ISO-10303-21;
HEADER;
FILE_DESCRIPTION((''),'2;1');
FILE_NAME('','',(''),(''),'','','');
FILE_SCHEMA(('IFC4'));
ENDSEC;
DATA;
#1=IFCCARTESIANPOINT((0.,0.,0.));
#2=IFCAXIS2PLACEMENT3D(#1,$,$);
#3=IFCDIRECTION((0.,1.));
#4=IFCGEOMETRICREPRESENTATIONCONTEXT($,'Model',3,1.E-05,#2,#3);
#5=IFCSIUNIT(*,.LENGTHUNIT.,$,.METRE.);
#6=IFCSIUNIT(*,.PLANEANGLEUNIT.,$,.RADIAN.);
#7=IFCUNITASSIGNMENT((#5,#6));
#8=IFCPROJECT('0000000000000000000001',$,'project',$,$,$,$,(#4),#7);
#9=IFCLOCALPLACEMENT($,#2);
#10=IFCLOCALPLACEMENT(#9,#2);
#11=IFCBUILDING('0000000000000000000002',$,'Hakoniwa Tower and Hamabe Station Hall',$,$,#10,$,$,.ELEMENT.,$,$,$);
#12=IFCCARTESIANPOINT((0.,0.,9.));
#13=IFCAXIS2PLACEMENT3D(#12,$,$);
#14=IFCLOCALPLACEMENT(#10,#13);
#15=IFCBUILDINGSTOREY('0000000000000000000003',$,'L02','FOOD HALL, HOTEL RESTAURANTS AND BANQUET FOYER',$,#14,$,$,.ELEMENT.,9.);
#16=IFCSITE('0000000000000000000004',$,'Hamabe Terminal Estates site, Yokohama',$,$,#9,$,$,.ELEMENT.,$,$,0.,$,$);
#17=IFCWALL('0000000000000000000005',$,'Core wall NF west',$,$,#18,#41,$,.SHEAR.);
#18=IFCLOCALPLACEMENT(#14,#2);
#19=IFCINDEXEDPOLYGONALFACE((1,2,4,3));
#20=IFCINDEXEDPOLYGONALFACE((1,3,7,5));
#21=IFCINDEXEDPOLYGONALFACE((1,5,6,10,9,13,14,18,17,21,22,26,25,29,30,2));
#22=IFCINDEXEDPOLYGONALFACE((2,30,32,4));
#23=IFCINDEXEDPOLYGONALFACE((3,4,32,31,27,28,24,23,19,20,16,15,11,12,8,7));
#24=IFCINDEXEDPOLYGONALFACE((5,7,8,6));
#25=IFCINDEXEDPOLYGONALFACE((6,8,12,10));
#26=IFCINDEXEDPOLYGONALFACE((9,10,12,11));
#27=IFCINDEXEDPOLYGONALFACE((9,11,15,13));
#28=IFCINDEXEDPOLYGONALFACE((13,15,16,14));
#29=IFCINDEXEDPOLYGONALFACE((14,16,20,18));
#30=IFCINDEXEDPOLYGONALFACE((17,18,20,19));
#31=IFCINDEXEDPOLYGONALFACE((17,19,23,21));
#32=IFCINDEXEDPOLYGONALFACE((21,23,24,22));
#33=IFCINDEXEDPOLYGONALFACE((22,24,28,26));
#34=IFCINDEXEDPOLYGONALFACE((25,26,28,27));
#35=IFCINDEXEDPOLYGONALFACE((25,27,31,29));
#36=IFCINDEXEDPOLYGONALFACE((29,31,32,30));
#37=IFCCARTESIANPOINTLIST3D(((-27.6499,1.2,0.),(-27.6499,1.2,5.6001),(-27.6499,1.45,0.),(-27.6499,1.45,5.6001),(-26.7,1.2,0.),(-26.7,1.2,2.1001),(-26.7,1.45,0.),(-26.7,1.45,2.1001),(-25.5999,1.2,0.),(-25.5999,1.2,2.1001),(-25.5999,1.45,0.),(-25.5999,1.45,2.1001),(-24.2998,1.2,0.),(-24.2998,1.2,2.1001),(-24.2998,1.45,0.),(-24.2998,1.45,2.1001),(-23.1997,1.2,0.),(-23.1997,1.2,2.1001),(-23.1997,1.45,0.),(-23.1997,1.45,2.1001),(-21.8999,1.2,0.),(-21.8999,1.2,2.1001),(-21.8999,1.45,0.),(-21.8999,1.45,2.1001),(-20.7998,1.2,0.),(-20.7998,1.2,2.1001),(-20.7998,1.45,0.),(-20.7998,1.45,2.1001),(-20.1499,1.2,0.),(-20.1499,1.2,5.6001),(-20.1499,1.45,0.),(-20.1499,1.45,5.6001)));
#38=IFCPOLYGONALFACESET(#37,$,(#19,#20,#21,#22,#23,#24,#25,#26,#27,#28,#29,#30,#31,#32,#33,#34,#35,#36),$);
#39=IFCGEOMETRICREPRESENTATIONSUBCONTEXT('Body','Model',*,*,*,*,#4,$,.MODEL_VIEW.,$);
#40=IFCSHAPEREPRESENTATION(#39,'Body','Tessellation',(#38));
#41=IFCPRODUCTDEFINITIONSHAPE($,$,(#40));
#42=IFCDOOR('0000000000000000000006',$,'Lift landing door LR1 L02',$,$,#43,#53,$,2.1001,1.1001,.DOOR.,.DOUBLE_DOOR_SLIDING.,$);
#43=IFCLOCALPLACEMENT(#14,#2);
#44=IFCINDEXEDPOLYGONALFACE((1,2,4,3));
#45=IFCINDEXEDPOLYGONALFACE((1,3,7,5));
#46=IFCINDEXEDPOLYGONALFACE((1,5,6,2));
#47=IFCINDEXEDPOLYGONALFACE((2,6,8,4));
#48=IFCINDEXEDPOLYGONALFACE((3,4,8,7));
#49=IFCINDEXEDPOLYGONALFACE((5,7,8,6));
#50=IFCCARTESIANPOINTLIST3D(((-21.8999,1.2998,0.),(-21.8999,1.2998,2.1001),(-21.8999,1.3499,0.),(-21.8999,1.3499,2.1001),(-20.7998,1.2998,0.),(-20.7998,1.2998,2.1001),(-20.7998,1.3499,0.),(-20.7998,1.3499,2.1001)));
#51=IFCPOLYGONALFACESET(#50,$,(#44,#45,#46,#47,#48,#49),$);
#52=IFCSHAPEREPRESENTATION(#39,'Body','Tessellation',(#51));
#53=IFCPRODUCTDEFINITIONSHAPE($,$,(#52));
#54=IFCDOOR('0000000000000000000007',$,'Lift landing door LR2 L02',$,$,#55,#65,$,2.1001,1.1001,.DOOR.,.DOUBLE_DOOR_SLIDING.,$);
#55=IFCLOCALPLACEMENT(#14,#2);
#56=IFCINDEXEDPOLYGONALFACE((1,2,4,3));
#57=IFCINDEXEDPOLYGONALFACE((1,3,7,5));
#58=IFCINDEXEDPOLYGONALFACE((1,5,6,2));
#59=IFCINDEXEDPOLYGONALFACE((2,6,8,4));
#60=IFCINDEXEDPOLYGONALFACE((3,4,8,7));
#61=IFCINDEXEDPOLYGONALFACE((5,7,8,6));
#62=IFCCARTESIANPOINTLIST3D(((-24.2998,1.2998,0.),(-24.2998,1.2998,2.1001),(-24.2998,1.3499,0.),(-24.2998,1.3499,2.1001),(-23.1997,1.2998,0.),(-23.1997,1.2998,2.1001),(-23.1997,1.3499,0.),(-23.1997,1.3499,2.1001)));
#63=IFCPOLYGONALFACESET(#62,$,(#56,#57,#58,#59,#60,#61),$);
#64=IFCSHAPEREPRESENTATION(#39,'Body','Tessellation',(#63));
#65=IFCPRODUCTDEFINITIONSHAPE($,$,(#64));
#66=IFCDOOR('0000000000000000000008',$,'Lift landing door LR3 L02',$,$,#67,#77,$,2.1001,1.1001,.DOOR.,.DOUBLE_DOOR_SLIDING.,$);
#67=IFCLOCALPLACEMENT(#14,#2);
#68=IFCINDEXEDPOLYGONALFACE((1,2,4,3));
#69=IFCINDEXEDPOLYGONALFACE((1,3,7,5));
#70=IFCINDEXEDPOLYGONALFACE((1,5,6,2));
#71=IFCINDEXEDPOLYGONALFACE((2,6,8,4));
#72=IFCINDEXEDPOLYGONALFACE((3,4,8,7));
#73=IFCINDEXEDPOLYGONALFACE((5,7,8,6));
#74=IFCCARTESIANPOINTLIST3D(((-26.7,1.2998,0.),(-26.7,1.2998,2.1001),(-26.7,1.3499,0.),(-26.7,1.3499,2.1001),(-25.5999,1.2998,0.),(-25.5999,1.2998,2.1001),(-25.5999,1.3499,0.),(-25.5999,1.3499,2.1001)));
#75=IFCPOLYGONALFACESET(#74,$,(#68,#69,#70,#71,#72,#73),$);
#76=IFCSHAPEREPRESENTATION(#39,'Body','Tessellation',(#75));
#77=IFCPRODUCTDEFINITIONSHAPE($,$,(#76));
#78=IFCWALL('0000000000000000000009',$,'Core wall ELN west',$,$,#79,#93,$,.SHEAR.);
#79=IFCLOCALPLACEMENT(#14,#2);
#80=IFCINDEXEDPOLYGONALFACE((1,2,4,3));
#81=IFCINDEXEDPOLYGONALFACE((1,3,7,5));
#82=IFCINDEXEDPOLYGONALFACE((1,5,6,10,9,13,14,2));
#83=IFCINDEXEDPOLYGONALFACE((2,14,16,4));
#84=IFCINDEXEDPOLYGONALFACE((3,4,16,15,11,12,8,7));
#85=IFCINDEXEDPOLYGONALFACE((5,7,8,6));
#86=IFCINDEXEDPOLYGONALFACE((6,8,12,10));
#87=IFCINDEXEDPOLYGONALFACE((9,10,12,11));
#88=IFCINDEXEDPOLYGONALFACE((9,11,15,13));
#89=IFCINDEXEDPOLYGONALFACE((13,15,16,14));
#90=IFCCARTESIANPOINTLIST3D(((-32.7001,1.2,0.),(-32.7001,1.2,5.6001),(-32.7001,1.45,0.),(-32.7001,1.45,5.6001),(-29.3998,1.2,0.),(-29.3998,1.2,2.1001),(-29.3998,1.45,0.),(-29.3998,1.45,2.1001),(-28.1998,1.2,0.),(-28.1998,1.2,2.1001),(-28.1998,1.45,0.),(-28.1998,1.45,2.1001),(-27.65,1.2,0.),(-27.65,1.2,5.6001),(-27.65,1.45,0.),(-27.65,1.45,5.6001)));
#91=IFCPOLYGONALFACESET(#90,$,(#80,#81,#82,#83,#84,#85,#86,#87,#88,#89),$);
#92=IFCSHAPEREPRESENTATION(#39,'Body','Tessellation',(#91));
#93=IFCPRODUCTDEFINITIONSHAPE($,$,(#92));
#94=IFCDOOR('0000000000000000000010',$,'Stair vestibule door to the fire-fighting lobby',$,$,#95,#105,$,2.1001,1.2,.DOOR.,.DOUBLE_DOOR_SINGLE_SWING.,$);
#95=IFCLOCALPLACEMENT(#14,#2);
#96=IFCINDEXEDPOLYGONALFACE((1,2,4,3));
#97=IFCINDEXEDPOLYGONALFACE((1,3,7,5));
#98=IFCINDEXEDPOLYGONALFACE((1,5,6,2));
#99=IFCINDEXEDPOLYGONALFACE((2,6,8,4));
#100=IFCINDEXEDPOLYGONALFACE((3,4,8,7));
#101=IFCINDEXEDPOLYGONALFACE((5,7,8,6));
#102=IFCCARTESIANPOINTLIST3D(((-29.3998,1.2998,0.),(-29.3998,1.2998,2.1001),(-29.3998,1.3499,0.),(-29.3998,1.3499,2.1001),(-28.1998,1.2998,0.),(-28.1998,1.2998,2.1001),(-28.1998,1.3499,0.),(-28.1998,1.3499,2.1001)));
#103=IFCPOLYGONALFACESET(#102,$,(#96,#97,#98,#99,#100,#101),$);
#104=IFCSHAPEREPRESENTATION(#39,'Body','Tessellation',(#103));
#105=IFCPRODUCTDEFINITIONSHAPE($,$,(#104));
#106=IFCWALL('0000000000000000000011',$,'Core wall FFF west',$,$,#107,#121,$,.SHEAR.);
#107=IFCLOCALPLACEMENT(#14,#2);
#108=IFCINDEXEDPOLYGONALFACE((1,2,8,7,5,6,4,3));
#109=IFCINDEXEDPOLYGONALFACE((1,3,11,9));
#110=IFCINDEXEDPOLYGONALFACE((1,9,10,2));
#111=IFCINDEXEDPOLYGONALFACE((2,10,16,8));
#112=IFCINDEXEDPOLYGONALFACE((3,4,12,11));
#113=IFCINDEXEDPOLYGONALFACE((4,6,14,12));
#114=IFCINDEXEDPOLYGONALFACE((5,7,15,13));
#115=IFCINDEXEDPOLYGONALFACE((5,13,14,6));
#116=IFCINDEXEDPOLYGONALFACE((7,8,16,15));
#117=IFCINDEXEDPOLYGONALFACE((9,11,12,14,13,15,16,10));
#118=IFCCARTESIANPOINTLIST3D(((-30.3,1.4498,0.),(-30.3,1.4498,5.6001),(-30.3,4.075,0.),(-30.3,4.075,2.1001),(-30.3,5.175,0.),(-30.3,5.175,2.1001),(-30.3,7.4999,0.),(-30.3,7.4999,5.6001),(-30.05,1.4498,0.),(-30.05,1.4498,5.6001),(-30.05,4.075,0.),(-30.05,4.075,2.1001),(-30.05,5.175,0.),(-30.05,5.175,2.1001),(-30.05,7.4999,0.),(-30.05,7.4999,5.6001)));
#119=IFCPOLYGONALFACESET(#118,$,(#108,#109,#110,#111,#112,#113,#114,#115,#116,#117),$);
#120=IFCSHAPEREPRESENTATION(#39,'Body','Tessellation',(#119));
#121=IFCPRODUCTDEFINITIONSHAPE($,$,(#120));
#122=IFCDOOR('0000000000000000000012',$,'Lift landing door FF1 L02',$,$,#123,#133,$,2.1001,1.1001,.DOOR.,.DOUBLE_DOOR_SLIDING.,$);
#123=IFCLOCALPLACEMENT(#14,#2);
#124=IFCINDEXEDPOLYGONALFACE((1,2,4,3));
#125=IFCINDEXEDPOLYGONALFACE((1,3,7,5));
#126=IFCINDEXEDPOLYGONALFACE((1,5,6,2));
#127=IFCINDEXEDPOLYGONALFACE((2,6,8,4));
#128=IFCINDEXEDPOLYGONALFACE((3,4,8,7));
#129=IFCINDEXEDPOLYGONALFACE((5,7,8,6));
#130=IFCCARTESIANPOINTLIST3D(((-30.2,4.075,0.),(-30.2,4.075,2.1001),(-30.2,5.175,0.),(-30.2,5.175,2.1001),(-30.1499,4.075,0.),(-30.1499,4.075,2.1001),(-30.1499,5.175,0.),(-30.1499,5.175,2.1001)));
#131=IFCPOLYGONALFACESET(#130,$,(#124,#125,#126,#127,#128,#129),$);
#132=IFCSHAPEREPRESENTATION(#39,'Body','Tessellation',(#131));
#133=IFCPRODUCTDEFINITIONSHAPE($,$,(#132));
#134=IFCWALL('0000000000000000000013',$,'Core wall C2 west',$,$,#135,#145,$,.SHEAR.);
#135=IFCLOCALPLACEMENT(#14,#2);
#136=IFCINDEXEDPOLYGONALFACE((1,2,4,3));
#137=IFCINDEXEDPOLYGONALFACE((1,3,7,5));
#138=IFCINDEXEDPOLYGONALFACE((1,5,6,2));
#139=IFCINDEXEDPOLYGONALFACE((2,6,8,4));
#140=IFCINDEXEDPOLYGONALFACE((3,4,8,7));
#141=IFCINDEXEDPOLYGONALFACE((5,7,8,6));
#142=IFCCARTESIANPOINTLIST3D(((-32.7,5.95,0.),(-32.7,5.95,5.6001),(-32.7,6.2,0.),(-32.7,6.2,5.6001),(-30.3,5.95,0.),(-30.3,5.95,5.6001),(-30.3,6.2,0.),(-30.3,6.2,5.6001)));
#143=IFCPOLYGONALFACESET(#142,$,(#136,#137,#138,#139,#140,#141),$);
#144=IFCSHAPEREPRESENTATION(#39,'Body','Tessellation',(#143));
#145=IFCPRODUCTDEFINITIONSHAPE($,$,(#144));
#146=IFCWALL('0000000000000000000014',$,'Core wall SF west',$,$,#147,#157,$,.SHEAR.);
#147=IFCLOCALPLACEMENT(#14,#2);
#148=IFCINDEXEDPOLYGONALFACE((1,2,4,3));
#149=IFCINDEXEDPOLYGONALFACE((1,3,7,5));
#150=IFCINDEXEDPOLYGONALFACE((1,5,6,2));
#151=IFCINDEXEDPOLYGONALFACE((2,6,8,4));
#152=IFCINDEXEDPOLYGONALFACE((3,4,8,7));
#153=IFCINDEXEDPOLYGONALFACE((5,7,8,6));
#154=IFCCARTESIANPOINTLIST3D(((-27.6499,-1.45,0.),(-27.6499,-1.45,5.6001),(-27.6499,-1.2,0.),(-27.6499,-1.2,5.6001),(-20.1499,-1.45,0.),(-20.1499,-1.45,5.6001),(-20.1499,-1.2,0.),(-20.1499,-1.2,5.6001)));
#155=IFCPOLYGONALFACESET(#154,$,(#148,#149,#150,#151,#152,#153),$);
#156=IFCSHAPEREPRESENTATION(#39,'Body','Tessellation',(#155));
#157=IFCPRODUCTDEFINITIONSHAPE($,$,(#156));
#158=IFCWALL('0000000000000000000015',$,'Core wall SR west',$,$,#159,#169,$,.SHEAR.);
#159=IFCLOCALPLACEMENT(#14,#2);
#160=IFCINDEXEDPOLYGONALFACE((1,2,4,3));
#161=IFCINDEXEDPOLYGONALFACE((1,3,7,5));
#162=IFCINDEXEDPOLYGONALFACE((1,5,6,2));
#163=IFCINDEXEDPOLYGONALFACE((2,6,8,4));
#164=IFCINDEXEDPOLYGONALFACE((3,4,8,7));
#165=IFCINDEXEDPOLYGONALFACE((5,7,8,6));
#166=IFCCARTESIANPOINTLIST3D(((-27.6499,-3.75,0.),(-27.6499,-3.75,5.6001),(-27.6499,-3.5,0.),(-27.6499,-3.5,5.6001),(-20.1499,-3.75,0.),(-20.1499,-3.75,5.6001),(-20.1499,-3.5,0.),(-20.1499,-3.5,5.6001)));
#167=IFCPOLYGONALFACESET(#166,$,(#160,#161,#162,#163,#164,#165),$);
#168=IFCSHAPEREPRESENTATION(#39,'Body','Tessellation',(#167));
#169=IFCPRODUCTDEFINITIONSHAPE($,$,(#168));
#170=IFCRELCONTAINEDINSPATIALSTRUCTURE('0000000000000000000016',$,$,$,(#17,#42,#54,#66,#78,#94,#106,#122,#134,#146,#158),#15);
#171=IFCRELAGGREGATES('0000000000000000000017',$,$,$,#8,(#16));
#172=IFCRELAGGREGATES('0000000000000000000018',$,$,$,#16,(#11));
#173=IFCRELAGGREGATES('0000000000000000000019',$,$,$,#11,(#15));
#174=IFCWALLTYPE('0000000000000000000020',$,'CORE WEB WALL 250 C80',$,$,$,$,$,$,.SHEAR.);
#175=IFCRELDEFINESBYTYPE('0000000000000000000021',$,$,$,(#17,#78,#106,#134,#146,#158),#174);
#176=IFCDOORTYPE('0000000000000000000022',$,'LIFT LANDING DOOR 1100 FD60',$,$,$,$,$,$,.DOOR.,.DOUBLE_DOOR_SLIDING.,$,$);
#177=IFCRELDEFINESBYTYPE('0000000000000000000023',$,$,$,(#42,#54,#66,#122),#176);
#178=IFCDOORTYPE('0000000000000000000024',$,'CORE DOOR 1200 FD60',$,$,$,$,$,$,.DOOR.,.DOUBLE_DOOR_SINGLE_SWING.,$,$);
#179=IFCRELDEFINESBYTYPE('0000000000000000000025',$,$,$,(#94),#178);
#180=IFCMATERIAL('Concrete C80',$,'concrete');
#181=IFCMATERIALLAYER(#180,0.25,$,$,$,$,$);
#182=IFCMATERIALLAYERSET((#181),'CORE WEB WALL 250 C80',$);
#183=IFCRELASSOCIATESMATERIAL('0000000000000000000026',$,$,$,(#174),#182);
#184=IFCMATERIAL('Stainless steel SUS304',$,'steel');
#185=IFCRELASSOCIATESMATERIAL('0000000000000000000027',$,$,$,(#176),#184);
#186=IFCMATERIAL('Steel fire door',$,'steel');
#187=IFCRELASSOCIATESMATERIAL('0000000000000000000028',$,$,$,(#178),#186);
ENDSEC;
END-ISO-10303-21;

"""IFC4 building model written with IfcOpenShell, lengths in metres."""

from ifc_helpers import new_model, si_unit, direction, frame, frame_2d, origin, place, context, subcontext, project, spatial, rectangle, extrude, material, layer, layer_set, type_object, element, fill, save


model = new_model("IFC4")

# Units and contexts
model_context = context("Model", 3, precision=1e-05, world=origin(), true_north=direction((0.0, 1.0)))
body_context = subcontext(model_context, "Body", "Model", "MODEL_VIEW")
ifc_project = project(units=[si_unit("LENGTHUNIT", "METRE"), si_unit("PLANEANGLEUNIT", "RADIAN")], contexts=[model_context])

# Site, building, storey
site_placement = place(None, origin())
site = spatial("IfcSite", under=ifc_project, at=site_placement, Name="Hamabe Terminal Estates site, Yokohama", CompositionType="ELEMENT", RefElevation=0.0)
building_placement = place(site_placement, origin())
building = spatial("IfcBuilding", under=site, at=building_placement, Name="Hakoniwa Tower and Hamabe Station Hall", CompositionType="ELEMENT")
storey_placement = place(building_placement, frame((0.0, 0.0, 9.0)))
storey = spatial("IfcBuildingStorey", under=building, at=storey_placement, Name="L02", Description="FOOD HALL, HOTEL RESTAURANTS AND BANQUET FOYER", CompositionType="ELEMENT", Elevation=9.0)

# Wall, openings, doors
ifc_material_1 = material(Name="Concrete C80", Category="concrete")
ifc_layer_1 = layer(ifc_material_1, 0.25)
ifc_layer_set_1 = layer_set([ifc_layer_1], Name="CORE WEB WALL 250 C80")
wall_type_1 = type_object("IfcWallType", Name="CORE WEB WALL 250 C80", PredefinedType="SHEAR", material=ifc_layer_set_1)
wall_1_placement = place(storey_placement, frame((-27.6499, 1.325, 0.0), z_axis=(0.0, 0.0, 1.0), x_axis=(1.0, 0.0, 0.0)))
wall_1 = element("IfcWall", 1, at=wall_1_placement, inside=storey, type_object=wall_type_1, Name="Core wall NF west", PredefinedType="SHEAR", context=body_context, shape_type="SweptSolid", body=[
    extrude(rectangle(XDim=7.5, YDim=0.25, at=frame_2d((3.75, 0.0))), origin(), (0.0, 0.0, 1.0), 5.6001),
])
opening_1_placement = place(wall_1_placement, frame((5.75, 0.0, 0.0)))
opening_1 = element("IfcOpeningElement", 2, at=opening_1_placement, cuts=wall_1, PredefinedType="OPENING", context=body_context, shape_type="SweptSolid", body=[
    extrude(rectangle(XDim=1.1001, YDim=2.1001, at=frame_2d((0.55, 1.05))), frame((0.0, 0.135, 0.0), z_axis=(0.0, -1.0, 0.0), x_axis=(1.0, 0.0, 0.0)), (0.0, 0.0, 1.0), 0.27),
])
opening_2_placement = place(wall_1_placement, frame((3.3501, 0.0, 0.0)))
opening_2 = element("IfcOpeningElement", 3, at=opening_2_placement, cuts=wall_1, PredefinedType="OPENING", context=body_context, shape_type="SweptSolid", body=[
    extrude(rectangle(XDim=1.1001, YDim=2.1001, at=frame_2d((0.55, 1.05))), frame((0.0, 0.135, 0.0), z_axis=(0.0, -1.0, 0.0), x_axis=(1.0, 0.0, 0.0)), (0.0, 0.0, 1.0), 0.27),
])
opening_3_placement = place(wall_1_placement, frame((0.95, 0.0, 0.0)))
opening_3 = element("IfcOpeningElement", 4, at=opening_3_placement, cuts=wall_1, PredefinedType="OPENING", context=body_context, shape_type="SweptSolid", body=[
    extrude(rectangle(XDim=1.1001, YDim=2.1001, at=frame_2d((0.55, 1.05))), frame((0.0, 0.135, 0.0), z_axis=(0.0, -1.0, 0.0), x_axis=(1.0, 0.0, 0.0)), (0.0, 0.0, 1.0), 0.27),
])
ifc_material_2 = material(Name="Stainless steel SUS304", Category="steel")
door_type_1 = type_object("IfcDoorType", Name="LIFT LANDING DOOR 1100 FD60", OperationType="DOUBLE_DOOR_SLIDING", PredefinedType="DOOR", material=ifc_material_2)
door_1_placement = place(opening_1_placement, origin())
door_1 = element("IfcDoor", 5, at=door_1_placement, inside=storey, type_object=door_type_1, Name="Lift landing door LR1 L02", OperationType="DOUBLE_DOOR_SLIDING", OverallHeight=2.1001, OverallWidth=1.1001, PredefinedType="DOOR", context=body_context, shape_type="SweptSolid", body=[
    extrude(rectangle(XDim=1.1001, YDim=2.1001, at=frame_2d((0.55, 1.05))), frame((0.0, 0.0249, 0.0), z_axis=(0.0, -1.0, 0.0), x_axis=(1.0, 0.0, 0.0)), (0.0, 0.0, 1.0), 0.05),
])
fill(opening_1, door_1)
door_2_placement = place(opening_2_placement, origin())
door_2 = element("IfcDoor", 6, at=door_2_placement, inside=storey, type_object=door_type_1, Name="Lift landing door LR2 L02", OperationType="DOUBLE_DOOR_SLIDING", OverallHeight=2.1001, OverallWidth=1.1001, PredefinedType="DOOR", context=body_context, shape_type="SweptSolid", body=[
    extrude(rectangle(XDim=1.1001, YDim=2.1001, at=frame_2d((0.55, 1.05))), frame((0.0, 0.0249, 0.0), z_axis=(0.0, -1.0, 0.0), x_axis=(1.0, 0.0, 0.0)), (0.0, 0.0, 1.0), 0.05),
])
fill(opening_2, door_2)
door_3_placement = place(opening_3_placement, origin())
door_3 = element("IfcDoor", 7, at=door_3_placement, inside=storey, type_object=door_type_1, Name="Lift landing door LR3 L02", OperationType="DOUBLE_DOOR_SLIDING", OverallHeight=2.1001, OverallWidth=1.1001, PredefinedType="DOOR", context=body_context, shape_type="SweptSolid", body=[
    extrude(rectangle(XDim=1.1001, YDim=2.1001, at=frame_2d((0.55, 1.05))), frame((0.0, 0.0249, 0.0), z_axis=(0.0, -1.0, 0.0), x_axis=(1.0, 0.0, 0.0)), (0.0, 0.0, 1.0), 0.05),
])
fill(opening_3, door_3)

# Walls, openings, doors
wall_2_placement = place(storey_placement, frame((-32.7, 1.325, 0.0), z_axis=(0.0, 0.0, 1.0), x_axis=(1.0, 0.0, 0.0)))
wall_2 = element("IfcWall", 8, at=wall_2_placement, inside=storey, type_object=wall_type_1, Name="Core wall ELN west", PredefinedType="SHEAR", context=body_context, shape_type="SweptSolid", body=[
    extrude(rectangle(XDim=5.05, YDim=0.25, at=frame_2d((2.5249, 0.0))), origin(), (0.0, 0.0, 1.0), 5.6001),
])
opening_4_placement = place(wall_2_placement, frame((3.3, 0.0, 0.0)))
opening_4 = element("IfcOpeningElement", 9, at=opening_4_placement, cuts=wall_2, PredefinedType="OPENING", context=body_context, shape_type="SweptSolid", body=[
    extrude(rectangle(XDim=1.2, YDim=2.1001, at=frame_2d((0.6001, 1.05))), frame((0.0, 0.135, 0.0), z_axis=(0.0, -1.0, 0.0), x_axis=(1.0, 0.0, 0.0)), (0.0, 0.0, 1.0), 0.27),
])
ifc_material_3 = material(Name="Steel fire door", Category="steel")
door_type_2 = type_object("IfcDoorType", Name="CORE DOOR 1200 FD60", OperationType="DOUBLE_DOOR_SINGLE_SWING", PredefinedType="DOOR", material=ifc_material_3)
door_4_placement = place(opening_4_placement, origin())
door_4 = element("IfcDoor", 10, at=door_4_placement, inside=storey, type_object=door_type_2, Name="Stair vestibule door to the fire-fighting lobby", OperationType="DOUBLE_DOOR_SINGLE_SWING", OverallHeight=2.1001, OverallWidth=1.2, PredefinedType="DOOR", context=body_context, shape_type="SweptSolid", body=[
    extrude(rectangle(XDim=1.2, YDim=2.1001, at=frame_2d((0.6001, 1.05))), frame((0.0, 0.0249, 0.0), z_axis=(0.0, -1.0, 0.0), x_axis=(1.0, 0.0, 0.0)), (0.0, 0.0, 1.0), 0.05),
])
fill(opening_4, door_4)
wall_3_placement = place(storey_placement, frame((-30.175, 1.45, 0.0), z_axis=(0.0, 0.0, 1.0), x_axis=(0.0, 1.0, 0.0)))
wall_3 = element("IfcWall", 11, at=wall_3_placement, inside=storey, type_object=wall_type_1, Name="Core wall FFF west", PredefinedType="SHEAR", context=body_context, shape_type="SweptSolid", body=[
    extrude(rectangle(XDim=6.05, YDim=0.25, at=frame_2d((3.0249, 0.0))), origin(), (0.0, 0.0, 1.0), 5.6001),
])
opening_5_placement = place(wall_3_placement, frame((2.625, 0.0, 0.0)))
opening_5 = element("IfcOpeningElement", 12, at=opening_5_placement, cuts=wall_3, PredefinedType="OPENING", context=body_context, shape_type="SweptSolid", body=[
    extrude(rectangle(XDim=1.1001, YDim=2.1001, at=frame_2d((0.55, 1.05))), frame((0.0, 0.135, 0.0), z_axis=(0.0, -1.0, 0.0), x_axis=(1.0, 0.0, 0.0)), (0.0, 0.0, 1.0), 0.27),
])
door_5_placement = place(opening_5_placement, origin())
door_5 = element("IfcDoor", 13, at=door_5_placement, inside=storey, type_object=door_type_1, Name="Lift landing door FF1 L02", OperationType="DOUBLE_DOOR_SLIDING", OverallHeight=2.1001, OverallWidth=1.1001, PredefinedType="DOOR", context=body_context, shape_type="SweptSolid", body=[
    extrude(rectangle(XDim=1.1001, YDim=2.1001, at=frame_2d((0.55, 1.05))), frame((0.0, 0.0249, 0.0), z_axis=(0.0, -1.0, 0.0), x_axis=(1.0, 0.0, 0.0)), (0.0, 0.0, 1.0), 0.05),
])
fill(opening_5, door_5)

# Walls
wall_4_placement = place(storey_placement, frame((-32.7, 6.075, 0.0), z_axis=(0.0, 0.0, 1.0), x_axis=(1.0, 0.0, 0.0)))
element("IfcWall", 14, at=wall_4_placement, inside=storey, type_object=wall_type_1, Name="Core wall C2 west", PredefinedType="SHEAR", context=body_context, shape_type="SweptSolid", body=[
    extrude(rectangle(XDim=2.3999, YDim=0.25, at=frame_2d((1.2, 0.0))), origin(), (0.0, 0.0, 1.0), 5.6001),
])
for number, where, z_axis, x_axis, name in (
    (15, (-27.6499, -1.325, 0.0), (0.0, 0.0, 1.0), (1.0, 0.0, 0.0), "Core wall SF west"),
    (16, (-27.6499, -3.625, 0.0), (0.0, 0.0, 1.0), (1.0, 0.0, 0.0), "Core wall SR west"),
):
    element("IfcWall", number, at=place(storey_placement, frame(where, z_axis=z_axis, x_axis=x_axis)), inside=storey, type_object=wall_type_1, Name=name, PredefinedType="SHEAR", context=body_context, shape_type="SweptSolid", body=[
        extrude(rectangle(XDim=7.5, YDim=0.25, at=frame_2d((3.75, 0.0))), origin(), (0.0, 0.0, 1.0), 5.6001),
    ])

save(model, "model.ifc")
